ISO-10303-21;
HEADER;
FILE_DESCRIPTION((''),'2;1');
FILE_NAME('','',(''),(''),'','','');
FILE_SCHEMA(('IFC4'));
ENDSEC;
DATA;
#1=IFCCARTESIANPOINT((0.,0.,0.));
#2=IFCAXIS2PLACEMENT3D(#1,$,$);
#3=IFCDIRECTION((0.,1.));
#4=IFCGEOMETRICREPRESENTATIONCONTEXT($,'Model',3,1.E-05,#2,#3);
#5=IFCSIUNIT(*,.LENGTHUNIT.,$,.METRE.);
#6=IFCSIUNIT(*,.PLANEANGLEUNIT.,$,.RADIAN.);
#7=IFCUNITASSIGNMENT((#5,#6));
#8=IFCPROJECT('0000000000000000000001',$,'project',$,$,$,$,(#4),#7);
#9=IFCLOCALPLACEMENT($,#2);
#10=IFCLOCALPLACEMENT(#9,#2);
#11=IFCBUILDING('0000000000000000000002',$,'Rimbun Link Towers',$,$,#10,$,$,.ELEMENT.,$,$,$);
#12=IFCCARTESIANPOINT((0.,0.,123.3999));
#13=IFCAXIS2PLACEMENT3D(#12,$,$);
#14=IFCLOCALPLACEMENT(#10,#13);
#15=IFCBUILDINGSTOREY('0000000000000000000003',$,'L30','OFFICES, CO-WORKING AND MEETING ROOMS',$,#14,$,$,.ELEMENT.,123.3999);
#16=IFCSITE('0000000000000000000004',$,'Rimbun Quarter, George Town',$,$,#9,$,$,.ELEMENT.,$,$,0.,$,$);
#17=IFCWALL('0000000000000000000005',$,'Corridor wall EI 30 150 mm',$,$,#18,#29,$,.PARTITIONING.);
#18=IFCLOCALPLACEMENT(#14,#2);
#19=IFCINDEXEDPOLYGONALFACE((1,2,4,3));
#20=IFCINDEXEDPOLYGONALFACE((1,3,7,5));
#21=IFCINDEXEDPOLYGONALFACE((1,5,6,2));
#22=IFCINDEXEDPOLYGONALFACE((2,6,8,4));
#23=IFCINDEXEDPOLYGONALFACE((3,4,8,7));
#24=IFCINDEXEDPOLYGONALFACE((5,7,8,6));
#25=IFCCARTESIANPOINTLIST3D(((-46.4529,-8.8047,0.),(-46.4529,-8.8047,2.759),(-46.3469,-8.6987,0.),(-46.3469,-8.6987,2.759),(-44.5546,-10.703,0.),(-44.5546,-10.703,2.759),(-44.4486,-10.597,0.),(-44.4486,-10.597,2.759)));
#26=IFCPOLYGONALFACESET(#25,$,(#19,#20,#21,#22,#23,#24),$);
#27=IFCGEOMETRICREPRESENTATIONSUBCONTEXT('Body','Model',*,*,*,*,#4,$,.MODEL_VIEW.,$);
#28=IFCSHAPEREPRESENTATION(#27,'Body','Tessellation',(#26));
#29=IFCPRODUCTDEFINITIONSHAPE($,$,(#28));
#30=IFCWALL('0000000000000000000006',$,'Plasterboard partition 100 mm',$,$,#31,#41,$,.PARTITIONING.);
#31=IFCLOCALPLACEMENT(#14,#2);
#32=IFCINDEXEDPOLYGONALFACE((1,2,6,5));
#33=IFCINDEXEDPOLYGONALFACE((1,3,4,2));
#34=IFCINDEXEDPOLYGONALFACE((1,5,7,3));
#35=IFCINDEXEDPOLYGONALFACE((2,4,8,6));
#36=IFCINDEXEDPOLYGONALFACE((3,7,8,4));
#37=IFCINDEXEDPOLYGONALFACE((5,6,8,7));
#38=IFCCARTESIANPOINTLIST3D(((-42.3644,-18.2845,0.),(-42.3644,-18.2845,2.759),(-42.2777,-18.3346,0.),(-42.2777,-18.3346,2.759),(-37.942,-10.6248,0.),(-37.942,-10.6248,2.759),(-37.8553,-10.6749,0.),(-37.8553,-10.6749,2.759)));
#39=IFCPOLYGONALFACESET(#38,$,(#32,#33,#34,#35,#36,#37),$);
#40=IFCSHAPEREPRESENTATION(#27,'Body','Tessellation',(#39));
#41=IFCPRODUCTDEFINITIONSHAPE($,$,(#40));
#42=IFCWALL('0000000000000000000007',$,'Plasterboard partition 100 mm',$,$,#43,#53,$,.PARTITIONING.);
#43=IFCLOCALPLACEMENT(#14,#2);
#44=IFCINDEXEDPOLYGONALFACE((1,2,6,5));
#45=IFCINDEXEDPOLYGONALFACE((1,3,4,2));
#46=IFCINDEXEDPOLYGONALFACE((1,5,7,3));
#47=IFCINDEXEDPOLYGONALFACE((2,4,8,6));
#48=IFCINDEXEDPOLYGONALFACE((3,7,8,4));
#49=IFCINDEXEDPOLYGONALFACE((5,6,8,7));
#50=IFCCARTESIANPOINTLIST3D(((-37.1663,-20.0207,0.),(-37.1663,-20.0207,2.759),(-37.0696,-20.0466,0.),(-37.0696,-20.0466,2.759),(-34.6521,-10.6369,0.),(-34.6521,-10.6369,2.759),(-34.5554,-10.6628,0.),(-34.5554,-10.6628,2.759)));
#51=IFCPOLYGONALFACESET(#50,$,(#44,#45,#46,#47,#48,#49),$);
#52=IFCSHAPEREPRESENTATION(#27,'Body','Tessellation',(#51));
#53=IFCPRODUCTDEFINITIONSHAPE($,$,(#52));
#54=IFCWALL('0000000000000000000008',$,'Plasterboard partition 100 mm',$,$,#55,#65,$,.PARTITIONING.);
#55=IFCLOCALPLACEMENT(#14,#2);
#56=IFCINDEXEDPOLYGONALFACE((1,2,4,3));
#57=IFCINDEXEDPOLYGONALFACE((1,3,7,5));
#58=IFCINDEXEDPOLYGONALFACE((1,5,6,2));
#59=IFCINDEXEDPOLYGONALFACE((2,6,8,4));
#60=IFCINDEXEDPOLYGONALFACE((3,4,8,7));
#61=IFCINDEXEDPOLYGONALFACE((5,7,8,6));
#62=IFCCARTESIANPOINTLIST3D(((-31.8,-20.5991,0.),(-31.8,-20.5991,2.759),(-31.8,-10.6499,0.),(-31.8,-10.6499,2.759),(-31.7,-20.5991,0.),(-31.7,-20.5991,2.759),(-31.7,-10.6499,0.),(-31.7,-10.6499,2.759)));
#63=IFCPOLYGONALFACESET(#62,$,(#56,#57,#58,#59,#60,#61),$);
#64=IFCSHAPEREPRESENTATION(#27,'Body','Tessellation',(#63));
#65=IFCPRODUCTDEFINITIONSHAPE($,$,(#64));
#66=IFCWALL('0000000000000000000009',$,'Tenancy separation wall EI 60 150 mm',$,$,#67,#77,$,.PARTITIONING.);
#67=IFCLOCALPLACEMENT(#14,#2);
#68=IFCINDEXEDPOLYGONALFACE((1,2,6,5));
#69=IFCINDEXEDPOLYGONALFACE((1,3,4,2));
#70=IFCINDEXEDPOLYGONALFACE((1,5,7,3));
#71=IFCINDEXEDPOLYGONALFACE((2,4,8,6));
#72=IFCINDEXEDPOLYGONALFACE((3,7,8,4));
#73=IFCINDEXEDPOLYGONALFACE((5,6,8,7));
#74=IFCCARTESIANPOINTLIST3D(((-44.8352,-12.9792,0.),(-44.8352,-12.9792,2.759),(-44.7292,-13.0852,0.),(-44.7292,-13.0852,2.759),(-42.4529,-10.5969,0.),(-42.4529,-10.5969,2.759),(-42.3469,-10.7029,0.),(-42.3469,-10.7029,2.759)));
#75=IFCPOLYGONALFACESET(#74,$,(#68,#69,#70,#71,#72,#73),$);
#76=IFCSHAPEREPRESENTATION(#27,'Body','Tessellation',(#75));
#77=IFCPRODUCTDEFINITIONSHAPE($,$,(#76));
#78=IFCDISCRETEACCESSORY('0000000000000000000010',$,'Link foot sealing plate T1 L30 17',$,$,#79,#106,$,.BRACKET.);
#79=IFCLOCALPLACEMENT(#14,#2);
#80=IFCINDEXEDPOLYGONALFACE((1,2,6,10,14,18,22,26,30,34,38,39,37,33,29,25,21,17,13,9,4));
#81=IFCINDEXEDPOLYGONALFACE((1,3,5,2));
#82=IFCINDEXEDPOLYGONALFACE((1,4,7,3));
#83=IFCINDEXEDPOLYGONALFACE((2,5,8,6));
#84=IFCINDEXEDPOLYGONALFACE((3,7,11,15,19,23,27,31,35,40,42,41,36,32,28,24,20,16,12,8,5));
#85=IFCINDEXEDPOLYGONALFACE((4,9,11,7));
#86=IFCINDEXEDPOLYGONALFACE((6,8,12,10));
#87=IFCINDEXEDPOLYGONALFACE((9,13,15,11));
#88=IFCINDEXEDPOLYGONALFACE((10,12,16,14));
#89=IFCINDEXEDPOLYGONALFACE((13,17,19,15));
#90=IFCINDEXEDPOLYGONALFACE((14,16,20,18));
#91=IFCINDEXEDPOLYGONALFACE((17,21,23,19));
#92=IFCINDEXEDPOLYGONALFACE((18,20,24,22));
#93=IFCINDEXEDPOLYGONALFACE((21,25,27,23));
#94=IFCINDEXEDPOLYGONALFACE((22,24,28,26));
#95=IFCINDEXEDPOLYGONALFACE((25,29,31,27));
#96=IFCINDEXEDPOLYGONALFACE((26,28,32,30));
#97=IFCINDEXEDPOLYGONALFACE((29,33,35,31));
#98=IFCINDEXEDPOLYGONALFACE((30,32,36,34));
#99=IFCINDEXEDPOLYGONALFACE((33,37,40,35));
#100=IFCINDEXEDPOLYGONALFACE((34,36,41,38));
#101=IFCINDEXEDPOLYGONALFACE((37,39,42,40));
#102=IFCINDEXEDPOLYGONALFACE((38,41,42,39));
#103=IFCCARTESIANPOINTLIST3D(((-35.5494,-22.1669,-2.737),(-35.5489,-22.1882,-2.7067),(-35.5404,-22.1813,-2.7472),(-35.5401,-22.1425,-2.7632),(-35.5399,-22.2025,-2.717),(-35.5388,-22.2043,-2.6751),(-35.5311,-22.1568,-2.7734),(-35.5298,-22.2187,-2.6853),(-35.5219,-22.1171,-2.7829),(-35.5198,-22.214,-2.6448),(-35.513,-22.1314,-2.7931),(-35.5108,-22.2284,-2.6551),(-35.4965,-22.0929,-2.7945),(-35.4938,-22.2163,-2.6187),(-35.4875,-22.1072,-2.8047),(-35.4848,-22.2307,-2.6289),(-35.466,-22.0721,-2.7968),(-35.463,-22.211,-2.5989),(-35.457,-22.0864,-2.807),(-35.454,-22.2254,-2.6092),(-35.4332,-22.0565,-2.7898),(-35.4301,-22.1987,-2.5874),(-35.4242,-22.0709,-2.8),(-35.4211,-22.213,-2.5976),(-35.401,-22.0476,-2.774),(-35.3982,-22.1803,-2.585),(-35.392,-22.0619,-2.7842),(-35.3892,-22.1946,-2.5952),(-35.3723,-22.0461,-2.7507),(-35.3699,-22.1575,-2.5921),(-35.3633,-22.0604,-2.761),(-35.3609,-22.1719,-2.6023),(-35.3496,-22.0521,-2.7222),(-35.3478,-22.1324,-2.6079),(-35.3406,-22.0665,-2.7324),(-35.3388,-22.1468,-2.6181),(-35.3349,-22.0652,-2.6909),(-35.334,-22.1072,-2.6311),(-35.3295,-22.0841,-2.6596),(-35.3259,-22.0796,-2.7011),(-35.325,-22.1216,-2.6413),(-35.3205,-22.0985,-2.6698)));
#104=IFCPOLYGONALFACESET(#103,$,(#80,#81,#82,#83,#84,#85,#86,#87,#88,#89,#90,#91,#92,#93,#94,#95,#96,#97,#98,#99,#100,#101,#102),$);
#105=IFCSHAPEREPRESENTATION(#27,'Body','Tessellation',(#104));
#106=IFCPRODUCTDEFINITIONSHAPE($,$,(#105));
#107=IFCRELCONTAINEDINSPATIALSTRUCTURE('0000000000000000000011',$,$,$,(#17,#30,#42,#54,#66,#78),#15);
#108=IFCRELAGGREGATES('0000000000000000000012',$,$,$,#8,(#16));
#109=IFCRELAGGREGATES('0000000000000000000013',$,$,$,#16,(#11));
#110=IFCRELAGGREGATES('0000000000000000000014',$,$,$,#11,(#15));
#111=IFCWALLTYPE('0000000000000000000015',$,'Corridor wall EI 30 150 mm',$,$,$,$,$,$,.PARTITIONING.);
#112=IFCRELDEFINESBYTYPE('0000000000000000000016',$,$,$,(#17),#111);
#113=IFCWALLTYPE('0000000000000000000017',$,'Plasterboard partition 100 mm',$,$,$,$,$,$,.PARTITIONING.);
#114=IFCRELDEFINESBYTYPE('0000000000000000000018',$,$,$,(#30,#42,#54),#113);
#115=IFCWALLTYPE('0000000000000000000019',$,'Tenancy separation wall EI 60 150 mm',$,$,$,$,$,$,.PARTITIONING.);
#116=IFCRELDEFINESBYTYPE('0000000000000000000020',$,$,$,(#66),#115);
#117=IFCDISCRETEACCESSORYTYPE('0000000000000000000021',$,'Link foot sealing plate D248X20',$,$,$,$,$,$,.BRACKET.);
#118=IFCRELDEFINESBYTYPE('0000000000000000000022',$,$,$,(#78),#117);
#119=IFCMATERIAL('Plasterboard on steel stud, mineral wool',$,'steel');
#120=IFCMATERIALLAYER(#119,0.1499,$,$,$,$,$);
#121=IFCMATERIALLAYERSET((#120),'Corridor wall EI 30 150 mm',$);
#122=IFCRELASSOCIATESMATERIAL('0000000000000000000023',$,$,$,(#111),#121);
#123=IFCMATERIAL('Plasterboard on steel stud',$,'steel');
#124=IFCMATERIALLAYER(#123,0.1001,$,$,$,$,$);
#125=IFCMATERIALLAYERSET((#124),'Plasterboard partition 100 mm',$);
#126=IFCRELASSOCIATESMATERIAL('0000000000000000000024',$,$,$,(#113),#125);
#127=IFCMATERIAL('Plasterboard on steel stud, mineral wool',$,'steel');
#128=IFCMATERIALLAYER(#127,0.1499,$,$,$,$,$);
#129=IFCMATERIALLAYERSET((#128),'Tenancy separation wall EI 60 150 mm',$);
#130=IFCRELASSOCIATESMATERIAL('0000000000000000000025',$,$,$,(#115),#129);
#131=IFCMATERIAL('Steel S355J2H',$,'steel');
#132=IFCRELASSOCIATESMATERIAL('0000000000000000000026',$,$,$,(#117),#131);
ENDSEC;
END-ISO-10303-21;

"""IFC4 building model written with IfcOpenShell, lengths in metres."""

from ifc_helpers import new_model, si_unit, direction, frame, frame_2d, origin, origin_2d, place, context, subcontext, project, spatial, rectangle, circle, extrude, material, layer, layer_set, material_profile, profile_set, type_object, element, save


model = new_model("IFC4")

# Units and contexts
model_context = context("Model", 3, precision=1e-05, world=origin(), true_north=direction((0.0, 1.0)))
body_context = subcontext(model_context, "Body", "Model", "MODEL_VIEW")
ifc_project = project(units=[si_unit("LENGTHUNIT", "METRE"), si_unit("PLANEANGLEUNIT", "RADIAN")], contexts=[model_context])

# Site, building, storey
site_placement = place(None, origin())
site = spatial("IfcSite", under=ifc_project, at=site_placement, Name="Rimbun Quarter, George Town", CompositionType="ELEMENT", RefElevation=0.0)
building_placement = place(site_placement, origin())
building = spatial("IfcBuilding", under=site, at=building_placement, Name="Rimbun Link Towers", CompositionType="ELEMENT")
storey_placement = place(building_placement, frame((0.0, 0.0, 123.3999)))
storey = spatial("IfcBuildingStorey", under=building, at=storey_placement, Name="L30", Description="OFFICES, CO-WORKING AND MEETING ROOMS", CompositionType="ELEMENT", Elevation=123.3999)

# Walls
ifc_material_1 = material(Name="Plasterboard on steel stud, mineral wool", Category="steel")
ifc_layer_1 = layer(ifc_material_1, 0.1499)
ifc_layer_set_1 = layer_set([ifc_layer_1], Name="Corridor wall EI 30 150 mm")
wall_type_1 = type_object("IfcWallType", Name="Corridor wall EI 30 150 mm", PredefinedType="PARTITIONING", material=ifc_layer_set_1)
wall_1_placement = place(storey_placement, frame((-46.3999, -8.7517, 0.0), z_axis=(0.0, 0.0, 1.0), x_axis=(0.707107, -0.707107, 0.0)))
element("IfcWall", 1, at=wall_1_placement, inside=storey, type_object=wall_type_1, Name="Corridor wall EI 30 150 mm", PredefinedType="PARTITIONING", context=body_context, shape_type="SweptSolid", body=[
    extrude(rectangle(XDim=2.6846, YDim=0.1499, at=frame_2d((1.3423, 0.0))), origin(), (0.0, 0.0, 1.0), 2.759),
])
ifc_material_2 = material(Name="Plasterboard on steel stud", Category="steel")
ifc_layer_2 = layer(ifc_material_2, 0.1001)
ifc_layer_set_2 = layer_set([ifc_layer_2], Name="Plasterboard partition 100 mm")
wall_type_2 = type_object("IfcWallType", Name="Plasterboard partition 100 mm", PredefinedType="PARTITIONING", material=ifc_layer_set_2)
wall_2_placement = place(storey_placement, frame((-42.321, -18.3096, 0.0), z_axis=(0.0, 0.0, 1.0), x_axis=(0.500004, 0.866023, 0.0)))
element("IfcWall", 2, at=wall_2_placement, inside=storey, type_object=wall_type_2, Name="Plasterboard partition 100 mm", PredefinedType="PARTITIONING", context=body_context, shape_type="SweptSolid", body=[
    extrude(rectangle(XDim=8.8447, YDim=0.1001, at=frame_2d((4.4224, 0.0))), origin(), (0.0, 0.0, 1.0), 2.759),
])
wall_3_placement = place(storey_placement, frame((-37.1179, -20.0337, 0.0), z_axis=(0.0, 0.0, 1.0), x_axis=(0.258798, 0.965931, 0.0)))
element("IfcWall", 3, at=wall_3_placement, inside=storey, type_object=wall_type_2, Name="Plasterboard partition 100 mm", PredefinedType="PARTITIONING", context=body_context, shape_type="SweptSolid", body=[
    extrude(rectangle(XDim=9.7148, YDim=0.1001, at=frame_2d((4.8574, 0.0))), origin(), (0.0, 0.0, 1.0), 2.759),
])
wall_4_placement = place(storey_placement, frame((-31.75, -20.5991, 0.0), z_axis=(0.0, 0.0, 1.0), x_axis=(0.0, 1.0, 0.0)))
element("IfcWall", 4, at=wall_4_placement, inside=storey, type_object=wall_type_2, Name="Plasterboard partition 100 mm", PredefinedType="PARTITIONING", context=body_context, shape_type="SweptSolid", body=[
    extrude(rectangle(XDim=9.9492, YDim=0.1001, at=frame_2d((4.9746, 0.0))), origin(), (0.0, 0.0, 1.0), 2.759),
])
ifc_material_3 = material(Name="Plasterboard on steel stud, mineral wool", Category="steel")
ifc_layer_3 = layer(ifc_material_3, 0.1499)
ifc_layer_set_3 = layer_set([ifc_layer_3], Name="Tenancy separation wall EI 60 150 mm")
wall_type_3 = type_object("IfcWallType", Name="Tenancy separation wall EI 60 150 mm", PredefinedType="PARTITIONING", material=ifc_layer_set_3)
wall_5_placement = place(storey_placement, frame((-42.3999, -10.6499, 0.0), z_axis=(0.0, 0.0, 1.0), x_axis=(-0.707107, -0.707107, 0.0)))
element("IfcWall", 5, at=wall_5_placement, inside=storey, type_object=wall_type_3, Name="Tenancy separation wall EI 60 150 mm", PredefinedType="PARTITIONING", context=body_context, shape_type="SweptSolid", body=[
    extrude(rectangle(XDim=3.3691, YDim=0.1499, at=frame_2d((1.6846, 0.0))), origin(), (0.0, 0.0, 1.0), 2.759),
])

# Discrete accessory
ifc_material_4 = material(Name="Steel S355J2H", Category="steel")
ifc_material_profile_1 = material_profile(ifc_material_4, circle(Radius=0.124, at=origin_2d()), Name="PL D248")
ifc_profile_set_1 = profile_set([ifc_material_profile_1], Name="Steel S355J2H")
discrete_accessory_type = type_object("IfcDiscreteAccessoryType", Name="Link foot sealing plate D248X20", PredefinedType="BRACKET", material=ifc_profile_set_1)
discrete_accessory_placement = place(storey_placement, frame((-35.4399, -22.1311, -2.6909), z_axis=(0.454956, -0.725471, -0.516437), x_axis=(0.847191, 0.531289, 0.0)))
element("IfcDiscreteAccessory", 6, at=discrete_accessory_placement, inside=storey, type_object=discrete_accessory_type, Name="Link foot sealing plate T1 L30 17", PredefinedType="BRACKET", context=body_context, shape_type="SweptSolid", body=[
    extrude(circle(Radius=0.124, at=origin_2d()), origin(), (0.0, 0.0, 1.0), 0.0198),
])

save(model, "model.ifc")
